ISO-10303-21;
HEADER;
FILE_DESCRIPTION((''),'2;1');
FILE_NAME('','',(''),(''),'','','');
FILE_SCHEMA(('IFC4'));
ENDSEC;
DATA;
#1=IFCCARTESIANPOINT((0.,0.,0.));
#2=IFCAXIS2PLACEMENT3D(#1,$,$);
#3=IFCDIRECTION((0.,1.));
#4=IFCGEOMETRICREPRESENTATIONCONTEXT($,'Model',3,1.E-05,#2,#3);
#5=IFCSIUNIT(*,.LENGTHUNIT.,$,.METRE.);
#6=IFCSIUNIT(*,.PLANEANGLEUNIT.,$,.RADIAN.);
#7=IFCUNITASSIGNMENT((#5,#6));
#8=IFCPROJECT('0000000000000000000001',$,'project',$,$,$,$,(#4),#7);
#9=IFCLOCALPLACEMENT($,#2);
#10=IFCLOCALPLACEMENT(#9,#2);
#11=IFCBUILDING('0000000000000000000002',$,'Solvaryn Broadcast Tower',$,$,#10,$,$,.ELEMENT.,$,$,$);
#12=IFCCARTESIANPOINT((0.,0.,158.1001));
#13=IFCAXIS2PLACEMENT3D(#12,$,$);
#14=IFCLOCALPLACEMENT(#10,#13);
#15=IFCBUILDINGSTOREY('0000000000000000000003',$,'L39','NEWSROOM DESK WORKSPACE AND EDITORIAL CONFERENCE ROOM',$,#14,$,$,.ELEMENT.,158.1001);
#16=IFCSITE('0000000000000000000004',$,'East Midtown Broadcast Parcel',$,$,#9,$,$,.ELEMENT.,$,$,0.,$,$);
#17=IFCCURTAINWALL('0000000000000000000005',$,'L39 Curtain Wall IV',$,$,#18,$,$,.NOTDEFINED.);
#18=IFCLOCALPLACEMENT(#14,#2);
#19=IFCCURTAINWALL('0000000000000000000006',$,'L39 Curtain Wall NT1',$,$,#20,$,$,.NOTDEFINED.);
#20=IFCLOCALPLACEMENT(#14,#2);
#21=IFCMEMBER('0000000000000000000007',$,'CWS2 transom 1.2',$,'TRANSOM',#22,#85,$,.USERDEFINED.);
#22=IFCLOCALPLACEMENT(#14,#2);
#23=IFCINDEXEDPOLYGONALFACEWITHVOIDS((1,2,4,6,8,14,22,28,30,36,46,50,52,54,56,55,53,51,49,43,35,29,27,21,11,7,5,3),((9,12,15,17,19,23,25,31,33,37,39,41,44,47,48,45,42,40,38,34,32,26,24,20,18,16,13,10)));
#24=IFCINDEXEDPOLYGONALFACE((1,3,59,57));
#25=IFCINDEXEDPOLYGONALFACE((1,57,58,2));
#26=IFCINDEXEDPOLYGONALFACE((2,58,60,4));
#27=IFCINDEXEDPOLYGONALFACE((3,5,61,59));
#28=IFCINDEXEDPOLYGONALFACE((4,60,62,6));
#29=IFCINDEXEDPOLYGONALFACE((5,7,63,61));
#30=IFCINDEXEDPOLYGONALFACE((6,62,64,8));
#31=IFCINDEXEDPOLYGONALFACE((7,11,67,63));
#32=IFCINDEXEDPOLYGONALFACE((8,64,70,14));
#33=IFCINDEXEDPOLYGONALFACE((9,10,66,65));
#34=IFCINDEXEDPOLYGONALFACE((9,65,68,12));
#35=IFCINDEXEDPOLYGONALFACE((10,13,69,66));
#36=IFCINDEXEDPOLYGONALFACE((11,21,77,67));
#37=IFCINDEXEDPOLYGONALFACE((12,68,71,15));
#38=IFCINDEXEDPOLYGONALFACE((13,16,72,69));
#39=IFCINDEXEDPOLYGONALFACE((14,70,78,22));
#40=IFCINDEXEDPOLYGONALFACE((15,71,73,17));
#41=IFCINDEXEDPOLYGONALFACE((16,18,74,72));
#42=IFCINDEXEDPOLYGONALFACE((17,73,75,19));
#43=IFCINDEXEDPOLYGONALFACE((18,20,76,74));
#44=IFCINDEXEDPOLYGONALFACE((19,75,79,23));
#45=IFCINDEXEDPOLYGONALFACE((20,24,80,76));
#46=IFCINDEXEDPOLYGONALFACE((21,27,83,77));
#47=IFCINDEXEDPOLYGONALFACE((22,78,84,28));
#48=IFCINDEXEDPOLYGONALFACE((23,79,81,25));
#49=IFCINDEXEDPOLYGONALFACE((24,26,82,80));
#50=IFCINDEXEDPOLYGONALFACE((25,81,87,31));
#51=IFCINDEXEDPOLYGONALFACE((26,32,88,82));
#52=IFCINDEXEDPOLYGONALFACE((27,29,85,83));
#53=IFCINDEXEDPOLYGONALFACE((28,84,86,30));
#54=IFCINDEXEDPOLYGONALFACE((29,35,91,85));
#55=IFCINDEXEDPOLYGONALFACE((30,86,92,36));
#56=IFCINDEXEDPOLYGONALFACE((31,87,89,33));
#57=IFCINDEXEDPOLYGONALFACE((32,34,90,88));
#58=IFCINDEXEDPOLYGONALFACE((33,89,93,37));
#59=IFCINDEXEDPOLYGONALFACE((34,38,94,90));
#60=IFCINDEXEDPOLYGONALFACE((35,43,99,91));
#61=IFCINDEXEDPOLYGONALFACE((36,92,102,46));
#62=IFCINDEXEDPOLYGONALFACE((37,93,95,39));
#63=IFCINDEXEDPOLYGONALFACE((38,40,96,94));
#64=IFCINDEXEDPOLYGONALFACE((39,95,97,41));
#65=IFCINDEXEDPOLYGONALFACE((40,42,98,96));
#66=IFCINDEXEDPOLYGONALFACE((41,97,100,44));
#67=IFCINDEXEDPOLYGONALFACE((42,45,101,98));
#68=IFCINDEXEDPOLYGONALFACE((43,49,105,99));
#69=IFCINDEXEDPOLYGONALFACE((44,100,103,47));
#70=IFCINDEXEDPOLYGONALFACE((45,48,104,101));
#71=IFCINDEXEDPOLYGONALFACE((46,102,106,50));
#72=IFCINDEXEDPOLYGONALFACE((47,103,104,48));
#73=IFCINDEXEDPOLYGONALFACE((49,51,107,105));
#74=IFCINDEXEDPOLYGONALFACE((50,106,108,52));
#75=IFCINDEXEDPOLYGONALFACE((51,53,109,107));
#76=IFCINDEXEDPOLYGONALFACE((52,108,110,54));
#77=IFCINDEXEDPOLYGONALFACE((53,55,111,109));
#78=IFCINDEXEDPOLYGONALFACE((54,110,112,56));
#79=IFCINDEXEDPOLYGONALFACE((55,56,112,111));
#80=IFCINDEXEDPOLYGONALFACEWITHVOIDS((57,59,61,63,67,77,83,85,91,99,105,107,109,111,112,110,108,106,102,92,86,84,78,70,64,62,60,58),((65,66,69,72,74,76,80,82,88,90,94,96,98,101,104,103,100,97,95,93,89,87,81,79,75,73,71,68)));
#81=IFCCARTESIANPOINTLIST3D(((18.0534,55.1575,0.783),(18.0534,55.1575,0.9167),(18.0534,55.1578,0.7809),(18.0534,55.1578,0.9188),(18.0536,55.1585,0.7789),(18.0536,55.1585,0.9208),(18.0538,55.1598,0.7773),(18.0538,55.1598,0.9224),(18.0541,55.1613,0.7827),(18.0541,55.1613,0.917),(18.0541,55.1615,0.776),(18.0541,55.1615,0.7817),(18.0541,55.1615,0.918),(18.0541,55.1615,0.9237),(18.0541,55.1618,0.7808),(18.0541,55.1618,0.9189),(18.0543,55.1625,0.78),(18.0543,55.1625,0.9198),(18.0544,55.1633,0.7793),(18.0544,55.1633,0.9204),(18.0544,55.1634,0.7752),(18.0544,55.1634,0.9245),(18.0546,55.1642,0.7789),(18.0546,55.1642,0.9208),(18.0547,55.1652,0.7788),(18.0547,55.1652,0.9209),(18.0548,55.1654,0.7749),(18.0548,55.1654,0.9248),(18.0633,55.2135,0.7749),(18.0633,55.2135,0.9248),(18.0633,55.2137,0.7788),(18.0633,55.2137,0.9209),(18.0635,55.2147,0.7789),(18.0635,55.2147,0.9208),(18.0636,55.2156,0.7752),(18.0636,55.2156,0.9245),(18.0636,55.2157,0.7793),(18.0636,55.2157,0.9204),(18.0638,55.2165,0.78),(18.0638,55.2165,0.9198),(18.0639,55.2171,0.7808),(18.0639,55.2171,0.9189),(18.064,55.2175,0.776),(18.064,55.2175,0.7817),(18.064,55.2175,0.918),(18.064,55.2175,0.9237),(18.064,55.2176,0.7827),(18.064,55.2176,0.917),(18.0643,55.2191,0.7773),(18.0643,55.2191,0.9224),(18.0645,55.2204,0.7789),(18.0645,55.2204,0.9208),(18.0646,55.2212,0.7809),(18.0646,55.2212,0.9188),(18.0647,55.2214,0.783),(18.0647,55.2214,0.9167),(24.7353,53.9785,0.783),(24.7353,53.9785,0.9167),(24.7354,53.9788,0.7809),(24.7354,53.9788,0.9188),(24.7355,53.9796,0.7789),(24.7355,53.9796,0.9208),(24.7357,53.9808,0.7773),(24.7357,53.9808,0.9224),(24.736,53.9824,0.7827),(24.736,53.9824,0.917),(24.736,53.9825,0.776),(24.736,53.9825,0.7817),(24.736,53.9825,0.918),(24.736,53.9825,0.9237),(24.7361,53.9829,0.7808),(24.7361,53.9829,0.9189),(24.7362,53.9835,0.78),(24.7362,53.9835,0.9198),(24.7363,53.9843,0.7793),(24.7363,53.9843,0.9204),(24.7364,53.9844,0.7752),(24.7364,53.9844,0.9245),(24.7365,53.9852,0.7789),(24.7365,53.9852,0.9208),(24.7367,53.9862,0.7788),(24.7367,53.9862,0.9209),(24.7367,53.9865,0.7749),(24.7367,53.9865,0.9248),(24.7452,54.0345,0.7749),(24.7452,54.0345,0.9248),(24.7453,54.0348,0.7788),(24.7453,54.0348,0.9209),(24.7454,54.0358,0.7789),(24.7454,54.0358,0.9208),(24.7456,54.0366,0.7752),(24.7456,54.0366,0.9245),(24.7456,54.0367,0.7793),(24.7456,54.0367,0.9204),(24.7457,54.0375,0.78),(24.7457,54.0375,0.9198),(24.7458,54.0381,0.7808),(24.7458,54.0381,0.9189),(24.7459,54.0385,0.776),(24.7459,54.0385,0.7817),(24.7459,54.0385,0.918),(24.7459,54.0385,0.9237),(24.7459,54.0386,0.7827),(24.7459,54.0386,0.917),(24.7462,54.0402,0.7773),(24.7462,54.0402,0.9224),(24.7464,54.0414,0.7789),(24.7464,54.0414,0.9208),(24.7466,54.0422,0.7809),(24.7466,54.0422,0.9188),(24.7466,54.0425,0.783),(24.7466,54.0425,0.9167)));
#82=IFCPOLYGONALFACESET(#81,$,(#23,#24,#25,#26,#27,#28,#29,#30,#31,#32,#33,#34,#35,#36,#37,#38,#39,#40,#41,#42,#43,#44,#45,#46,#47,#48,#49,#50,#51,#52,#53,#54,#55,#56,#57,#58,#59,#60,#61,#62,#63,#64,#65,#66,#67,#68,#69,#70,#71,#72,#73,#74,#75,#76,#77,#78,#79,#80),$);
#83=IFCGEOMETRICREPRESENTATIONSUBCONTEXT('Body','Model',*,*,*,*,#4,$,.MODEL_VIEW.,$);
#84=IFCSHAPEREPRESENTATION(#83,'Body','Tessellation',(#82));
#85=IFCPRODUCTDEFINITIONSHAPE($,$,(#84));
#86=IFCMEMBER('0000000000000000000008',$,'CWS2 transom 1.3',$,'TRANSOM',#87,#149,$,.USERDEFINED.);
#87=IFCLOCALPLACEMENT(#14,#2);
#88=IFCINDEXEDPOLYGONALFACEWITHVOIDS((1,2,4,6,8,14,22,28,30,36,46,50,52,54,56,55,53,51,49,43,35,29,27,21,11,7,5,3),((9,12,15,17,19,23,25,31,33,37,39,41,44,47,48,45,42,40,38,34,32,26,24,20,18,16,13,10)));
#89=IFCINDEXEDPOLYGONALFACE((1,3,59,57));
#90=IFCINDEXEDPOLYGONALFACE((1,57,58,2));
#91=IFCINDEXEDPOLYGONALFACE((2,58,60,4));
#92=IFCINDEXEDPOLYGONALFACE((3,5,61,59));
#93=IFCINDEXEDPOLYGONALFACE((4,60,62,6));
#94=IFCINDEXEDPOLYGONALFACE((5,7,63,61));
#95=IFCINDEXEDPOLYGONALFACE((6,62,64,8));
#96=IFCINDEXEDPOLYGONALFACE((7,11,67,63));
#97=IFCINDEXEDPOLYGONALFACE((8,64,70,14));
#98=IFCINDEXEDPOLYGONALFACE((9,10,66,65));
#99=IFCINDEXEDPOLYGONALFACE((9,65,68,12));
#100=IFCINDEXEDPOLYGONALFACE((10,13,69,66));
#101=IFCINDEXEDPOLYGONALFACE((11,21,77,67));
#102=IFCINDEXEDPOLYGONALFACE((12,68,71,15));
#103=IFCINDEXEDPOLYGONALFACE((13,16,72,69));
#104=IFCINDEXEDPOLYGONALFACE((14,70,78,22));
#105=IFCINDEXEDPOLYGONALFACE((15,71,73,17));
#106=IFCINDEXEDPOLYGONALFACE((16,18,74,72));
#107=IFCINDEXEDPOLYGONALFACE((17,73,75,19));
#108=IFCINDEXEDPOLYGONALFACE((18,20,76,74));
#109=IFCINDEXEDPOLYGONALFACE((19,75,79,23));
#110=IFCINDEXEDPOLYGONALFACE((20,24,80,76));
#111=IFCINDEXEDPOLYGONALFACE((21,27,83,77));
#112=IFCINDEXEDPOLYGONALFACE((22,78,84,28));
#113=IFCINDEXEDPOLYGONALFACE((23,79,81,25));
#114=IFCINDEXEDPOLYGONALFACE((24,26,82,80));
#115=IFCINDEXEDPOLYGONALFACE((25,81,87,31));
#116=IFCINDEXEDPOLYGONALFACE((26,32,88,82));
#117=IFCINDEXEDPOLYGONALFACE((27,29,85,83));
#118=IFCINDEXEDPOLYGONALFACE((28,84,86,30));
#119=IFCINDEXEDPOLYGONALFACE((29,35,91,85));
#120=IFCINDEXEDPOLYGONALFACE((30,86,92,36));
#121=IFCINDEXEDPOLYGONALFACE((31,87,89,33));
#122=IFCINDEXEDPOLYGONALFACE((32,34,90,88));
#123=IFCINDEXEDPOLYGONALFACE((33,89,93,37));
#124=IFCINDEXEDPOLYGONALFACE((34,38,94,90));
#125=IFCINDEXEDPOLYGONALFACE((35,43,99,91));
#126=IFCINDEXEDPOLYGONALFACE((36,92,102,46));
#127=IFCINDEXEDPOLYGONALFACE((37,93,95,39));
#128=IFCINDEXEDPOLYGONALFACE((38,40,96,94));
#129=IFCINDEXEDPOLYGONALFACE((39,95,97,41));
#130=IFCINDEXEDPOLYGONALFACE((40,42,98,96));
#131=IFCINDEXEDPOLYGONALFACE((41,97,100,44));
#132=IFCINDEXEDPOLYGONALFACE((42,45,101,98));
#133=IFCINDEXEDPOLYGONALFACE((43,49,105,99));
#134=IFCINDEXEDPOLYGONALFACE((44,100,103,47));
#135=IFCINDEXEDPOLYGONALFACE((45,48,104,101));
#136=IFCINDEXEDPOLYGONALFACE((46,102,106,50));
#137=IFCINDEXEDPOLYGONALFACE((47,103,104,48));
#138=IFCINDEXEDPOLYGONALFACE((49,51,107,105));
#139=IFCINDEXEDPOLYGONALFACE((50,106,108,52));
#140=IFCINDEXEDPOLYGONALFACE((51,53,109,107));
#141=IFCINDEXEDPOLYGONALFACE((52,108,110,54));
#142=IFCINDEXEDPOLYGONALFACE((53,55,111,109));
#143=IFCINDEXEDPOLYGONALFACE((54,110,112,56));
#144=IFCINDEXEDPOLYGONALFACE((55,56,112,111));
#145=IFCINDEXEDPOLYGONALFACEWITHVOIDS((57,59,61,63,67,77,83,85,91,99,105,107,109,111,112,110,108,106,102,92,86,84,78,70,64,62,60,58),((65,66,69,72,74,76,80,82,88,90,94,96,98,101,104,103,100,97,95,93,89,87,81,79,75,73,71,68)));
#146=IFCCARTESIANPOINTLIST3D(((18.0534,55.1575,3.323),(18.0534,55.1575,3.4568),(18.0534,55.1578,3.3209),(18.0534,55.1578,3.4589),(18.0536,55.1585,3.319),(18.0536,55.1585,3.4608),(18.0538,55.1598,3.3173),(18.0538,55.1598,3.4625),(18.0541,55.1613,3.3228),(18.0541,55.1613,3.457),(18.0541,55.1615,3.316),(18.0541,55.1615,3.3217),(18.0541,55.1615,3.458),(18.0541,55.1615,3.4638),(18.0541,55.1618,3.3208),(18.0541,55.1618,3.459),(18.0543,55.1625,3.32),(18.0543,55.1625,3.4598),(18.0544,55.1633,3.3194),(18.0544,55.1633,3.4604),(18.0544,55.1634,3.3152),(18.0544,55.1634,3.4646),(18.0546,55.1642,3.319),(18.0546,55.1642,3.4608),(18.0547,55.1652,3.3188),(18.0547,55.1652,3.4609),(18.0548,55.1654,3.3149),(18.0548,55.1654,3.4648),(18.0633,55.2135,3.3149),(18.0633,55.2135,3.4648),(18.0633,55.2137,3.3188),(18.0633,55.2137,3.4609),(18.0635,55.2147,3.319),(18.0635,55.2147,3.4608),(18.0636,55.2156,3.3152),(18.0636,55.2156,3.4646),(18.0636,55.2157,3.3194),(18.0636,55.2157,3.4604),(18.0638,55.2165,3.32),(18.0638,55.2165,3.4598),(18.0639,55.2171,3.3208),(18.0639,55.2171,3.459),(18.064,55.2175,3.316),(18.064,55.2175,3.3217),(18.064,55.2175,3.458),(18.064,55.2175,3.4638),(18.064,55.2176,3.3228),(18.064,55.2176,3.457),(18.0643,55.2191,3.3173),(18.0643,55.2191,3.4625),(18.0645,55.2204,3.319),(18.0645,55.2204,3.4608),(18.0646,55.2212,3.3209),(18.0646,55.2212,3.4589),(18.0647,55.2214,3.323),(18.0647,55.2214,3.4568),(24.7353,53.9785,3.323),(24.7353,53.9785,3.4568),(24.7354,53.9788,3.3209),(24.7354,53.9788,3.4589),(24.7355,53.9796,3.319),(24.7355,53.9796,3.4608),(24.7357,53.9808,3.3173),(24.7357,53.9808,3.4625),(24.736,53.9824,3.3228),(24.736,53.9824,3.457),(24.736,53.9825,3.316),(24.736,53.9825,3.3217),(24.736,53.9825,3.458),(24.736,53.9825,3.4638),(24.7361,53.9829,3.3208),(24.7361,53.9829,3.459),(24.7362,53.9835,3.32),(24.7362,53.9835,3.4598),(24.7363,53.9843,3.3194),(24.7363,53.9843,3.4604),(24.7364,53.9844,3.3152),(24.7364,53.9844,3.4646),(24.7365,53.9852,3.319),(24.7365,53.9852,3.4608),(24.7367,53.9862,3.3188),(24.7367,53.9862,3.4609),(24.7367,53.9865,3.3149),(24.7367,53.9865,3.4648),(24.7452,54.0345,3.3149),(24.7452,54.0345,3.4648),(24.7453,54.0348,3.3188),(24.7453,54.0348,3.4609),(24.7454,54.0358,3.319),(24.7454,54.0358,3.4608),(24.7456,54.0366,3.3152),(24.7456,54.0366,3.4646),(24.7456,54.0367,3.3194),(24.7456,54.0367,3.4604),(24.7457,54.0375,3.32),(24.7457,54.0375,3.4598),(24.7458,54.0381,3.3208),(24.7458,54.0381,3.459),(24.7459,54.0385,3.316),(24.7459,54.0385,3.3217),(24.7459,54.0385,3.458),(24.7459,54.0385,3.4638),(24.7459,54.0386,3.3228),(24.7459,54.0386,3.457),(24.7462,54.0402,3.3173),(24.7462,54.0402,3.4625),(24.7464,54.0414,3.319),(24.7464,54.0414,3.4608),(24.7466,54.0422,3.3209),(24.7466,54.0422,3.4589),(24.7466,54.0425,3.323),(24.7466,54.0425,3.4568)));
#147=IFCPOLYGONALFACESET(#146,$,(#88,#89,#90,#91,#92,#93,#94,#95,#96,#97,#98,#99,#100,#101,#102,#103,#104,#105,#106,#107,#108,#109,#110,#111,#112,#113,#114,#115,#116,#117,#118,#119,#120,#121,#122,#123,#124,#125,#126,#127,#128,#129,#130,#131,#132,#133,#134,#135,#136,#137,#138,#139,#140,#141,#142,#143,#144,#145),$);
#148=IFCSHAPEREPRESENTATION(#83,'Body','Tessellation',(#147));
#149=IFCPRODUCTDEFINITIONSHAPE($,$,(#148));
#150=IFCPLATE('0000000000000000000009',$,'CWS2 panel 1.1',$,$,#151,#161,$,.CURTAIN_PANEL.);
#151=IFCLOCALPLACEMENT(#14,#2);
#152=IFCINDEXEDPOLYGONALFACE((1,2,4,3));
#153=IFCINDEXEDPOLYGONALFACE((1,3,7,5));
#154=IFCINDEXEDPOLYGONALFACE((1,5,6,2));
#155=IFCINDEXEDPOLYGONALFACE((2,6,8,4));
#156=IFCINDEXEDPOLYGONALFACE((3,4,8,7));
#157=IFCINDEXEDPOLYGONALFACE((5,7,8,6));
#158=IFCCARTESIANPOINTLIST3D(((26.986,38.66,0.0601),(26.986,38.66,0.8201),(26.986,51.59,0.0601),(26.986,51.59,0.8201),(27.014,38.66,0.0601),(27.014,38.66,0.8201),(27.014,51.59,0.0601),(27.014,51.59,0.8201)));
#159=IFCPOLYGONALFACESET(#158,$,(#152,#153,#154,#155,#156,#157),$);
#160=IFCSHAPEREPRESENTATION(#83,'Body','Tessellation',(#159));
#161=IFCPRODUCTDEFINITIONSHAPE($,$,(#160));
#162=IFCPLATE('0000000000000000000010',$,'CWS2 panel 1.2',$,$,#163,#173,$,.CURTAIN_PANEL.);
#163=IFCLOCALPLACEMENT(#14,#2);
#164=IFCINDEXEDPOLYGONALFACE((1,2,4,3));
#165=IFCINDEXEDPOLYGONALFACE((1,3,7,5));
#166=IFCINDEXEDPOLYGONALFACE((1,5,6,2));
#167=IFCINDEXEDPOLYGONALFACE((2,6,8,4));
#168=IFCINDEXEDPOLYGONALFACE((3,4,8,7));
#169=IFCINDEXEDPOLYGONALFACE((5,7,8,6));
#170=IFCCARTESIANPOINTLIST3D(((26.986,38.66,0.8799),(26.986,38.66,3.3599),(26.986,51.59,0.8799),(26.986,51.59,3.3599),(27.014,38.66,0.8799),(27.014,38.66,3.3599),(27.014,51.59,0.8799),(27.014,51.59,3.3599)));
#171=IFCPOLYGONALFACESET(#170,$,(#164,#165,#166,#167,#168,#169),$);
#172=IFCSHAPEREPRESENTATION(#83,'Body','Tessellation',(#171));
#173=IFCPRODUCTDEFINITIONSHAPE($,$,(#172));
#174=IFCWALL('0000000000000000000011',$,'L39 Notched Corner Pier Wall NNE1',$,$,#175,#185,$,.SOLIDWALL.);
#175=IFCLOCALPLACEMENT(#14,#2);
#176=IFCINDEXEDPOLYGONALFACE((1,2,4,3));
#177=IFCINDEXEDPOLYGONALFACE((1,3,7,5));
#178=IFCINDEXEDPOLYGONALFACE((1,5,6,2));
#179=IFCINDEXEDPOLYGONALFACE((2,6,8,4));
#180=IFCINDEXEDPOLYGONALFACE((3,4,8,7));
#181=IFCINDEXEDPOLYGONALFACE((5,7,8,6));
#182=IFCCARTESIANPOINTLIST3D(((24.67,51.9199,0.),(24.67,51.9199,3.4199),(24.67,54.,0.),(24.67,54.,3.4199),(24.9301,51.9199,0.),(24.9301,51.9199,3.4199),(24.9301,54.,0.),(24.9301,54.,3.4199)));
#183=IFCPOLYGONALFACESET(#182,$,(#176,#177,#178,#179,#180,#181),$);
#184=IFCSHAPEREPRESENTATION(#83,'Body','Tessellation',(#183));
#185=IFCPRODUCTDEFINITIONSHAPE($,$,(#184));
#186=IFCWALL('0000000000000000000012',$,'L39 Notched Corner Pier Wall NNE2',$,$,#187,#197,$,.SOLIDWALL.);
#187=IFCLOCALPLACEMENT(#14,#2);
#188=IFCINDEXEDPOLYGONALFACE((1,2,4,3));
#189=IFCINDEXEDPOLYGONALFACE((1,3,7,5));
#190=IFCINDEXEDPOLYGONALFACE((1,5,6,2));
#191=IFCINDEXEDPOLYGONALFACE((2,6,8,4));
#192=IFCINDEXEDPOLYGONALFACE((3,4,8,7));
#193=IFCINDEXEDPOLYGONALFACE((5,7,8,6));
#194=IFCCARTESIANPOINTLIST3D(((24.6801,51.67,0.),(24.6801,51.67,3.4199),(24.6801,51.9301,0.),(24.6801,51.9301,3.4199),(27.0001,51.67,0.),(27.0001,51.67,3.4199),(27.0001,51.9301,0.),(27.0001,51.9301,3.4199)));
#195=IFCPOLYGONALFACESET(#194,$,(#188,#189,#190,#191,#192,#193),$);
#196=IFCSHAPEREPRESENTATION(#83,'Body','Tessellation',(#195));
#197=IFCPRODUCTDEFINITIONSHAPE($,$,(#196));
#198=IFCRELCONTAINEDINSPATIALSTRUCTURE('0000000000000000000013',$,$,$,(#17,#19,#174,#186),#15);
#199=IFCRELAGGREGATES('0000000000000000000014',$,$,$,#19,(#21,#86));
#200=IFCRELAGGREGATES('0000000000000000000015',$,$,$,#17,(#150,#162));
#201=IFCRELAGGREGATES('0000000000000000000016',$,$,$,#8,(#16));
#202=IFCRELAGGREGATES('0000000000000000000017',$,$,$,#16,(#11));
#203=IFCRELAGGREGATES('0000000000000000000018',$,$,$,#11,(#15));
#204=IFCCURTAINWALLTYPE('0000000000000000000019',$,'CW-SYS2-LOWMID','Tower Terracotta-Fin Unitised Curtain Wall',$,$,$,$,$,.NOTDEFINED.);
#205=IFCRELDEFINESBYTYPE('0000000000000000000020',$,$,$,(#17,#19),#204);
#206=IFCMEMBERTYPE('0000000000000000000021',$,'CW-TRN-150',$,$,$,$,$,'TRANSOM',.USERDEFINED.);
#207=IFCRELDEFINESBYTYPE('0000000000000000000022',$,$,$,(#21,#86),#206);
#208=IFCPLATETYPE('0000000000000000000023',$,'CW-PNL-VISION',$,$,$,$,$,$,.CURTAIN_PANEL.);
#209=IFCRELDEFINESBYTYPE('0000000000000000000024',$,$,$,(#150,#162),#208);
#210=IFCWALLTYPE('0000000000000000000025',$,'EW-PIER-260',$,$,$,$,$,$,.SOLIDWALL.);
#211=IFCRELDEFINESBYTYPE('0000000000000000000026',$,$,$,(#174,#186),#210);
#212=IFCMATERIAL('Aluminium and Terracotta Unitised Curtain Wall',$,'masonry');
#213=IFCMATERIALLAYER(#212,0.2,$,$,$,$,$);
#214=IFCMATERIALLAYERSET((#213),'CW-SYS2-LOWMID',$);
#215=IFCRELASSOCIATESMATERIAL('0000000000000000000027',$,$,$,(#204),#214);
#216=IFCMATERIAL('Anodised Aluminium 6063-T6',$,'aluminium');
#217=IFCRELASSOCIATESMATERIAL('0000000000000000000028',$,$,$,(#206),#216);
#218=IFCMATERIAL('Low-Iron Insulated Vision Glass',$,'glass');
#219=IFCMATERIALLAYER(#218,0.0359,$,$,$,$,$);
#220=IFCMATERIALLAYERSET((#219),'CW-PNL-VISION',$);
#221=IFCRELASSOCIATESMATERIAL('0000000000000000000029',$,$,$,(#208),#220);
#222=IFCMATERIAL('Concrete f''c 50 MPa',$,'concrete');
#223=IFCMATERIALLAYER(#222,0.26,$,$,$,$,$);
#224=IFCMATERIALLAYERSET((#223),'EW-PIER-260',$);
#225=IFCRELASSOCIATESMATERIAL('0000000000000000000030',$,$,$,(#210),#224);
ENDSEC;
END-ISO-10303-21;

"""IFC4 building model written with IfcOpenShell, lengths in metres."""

from ifc_helpers import new_model, si_unit, direction, frame, frame_2d, origin, origin_2d, place, context, subcontext, project, spatial, rectangle, hollow_rectangle, extrude, material, layer, layer_set, material_profile, profile_set, type_object, element, aggregate, save


model = new_model("IFC4")

# Units and contexts
model_context = context("Model", 3, precision=1e-05, world=origin(), true_north=direction((0.0, 1.0)))
body_context = subcontext(model_context, "Body", "Model", "MODEL_VIEW")
ifc_project = project(units=[si_unit("LENGTHUNIT", "METRE"), si_unit("PLANEANGLEUNIT", "RADIAN")], contexts=[model_context])

# Site, building, storey
site_placement = place(None, origin())
site = spatial("IfcSite", under=ifc_project, at=site_placement, Name="East Midtown Broadcast Parcel", CompositionType="ELEMENT", RefElevation=0.0)
building_placement = place(site_placement, origin())
building = spatial("IfcBuilding", under=site, at=building_placement, Name="Solvaryn Broadcast Tower", CompositionType="ELEMENT")
storey_placement = place(building_placement, frame((0.0, 0.0, 158.1001)))
storey = spatial("IfcBuildingStorey", under=building, at=storey_placement, Name="L39", Description="NEWSROOM DESK WORKSPACE AND EDITORIAL CONFERENCE ROOM", CompositionType="ELEMENT", Elevation=158.1001)

# Curtain wall
ifc_material_1 = material(Name="Aluminium and Terracotta Unitised Curtain Wall", Category="masonry")
ifc_layer_1 = layer(ifc_material_1, 0.2)
ifc_layer_set_1 = layer_set([ifc_layer_1], Name="CW-SYS2-LOWMID")
curtain_wall_type = type_object("IfcCurtainWallType", Name="CW-SYS2-LOWMID", Description="Tower Terracotta-Fin Unitised Curtain Wall", PredefinedType="NOTDEFINED", material=ifc_layer_set_1)
curtain_wall_1_placement = place(storey_placement, origin())
curtain_wall_1 = element("IfcCurtainWall", 1, at=curtain_wall_1_placement, inside=storey, type_object=curtain_wall_type, Name="L39 Curtain Wall IV", PredefinedType="NOTDEFINED")

# Curtain wall
curtain_wall_2_placement = place(storey_placement, origin())
curtain_wall_2 = element("IfcCurtainWall", 2, at=curtain_wall_2_placement, inside=storey, type_object=curtain_wall_type, Name="L39 Curtain Wall NT1", PredefinedType="NOTDEFINED")

# Members
ifc_material_2 = material(Name="Anodised Aluminium 6063-T6", Category="aluminium")
ifc_material_profile_1 = material_profile(ifc_material_2, hollow_rectangle(XDim=0.0649, YDim=0.1499, WallThickness=0.0039, InnerFilletRadius=0.0039, OuterFilletRadius=0.0081, at=origin_2d()))
ifc_profile_set_1 = profile_set([ifc_material_profile_1], Name="Anodised Aluminium 6063-T6")
member_type_1 = type_object("IfcMemberType", Name="CW-TRN-150", ElementType="TRANSOM", PredefinedType="USERDEFINED", material=ifc_profile_set_1)
member_1_placement = place(storey_placement, frame((24.741, 54.0105, 0.8499), z_axis=(-0.984789, 0.173757, 0.0), x_axis=(-0.173757, -0.984789, 0.0)))
member_1 = element("IfcMember", 3, at=member_1_placement, type_object=member_type_1, Name="CWS2 transom 1.2", ObjectType="TRANSOM", PredefinedType="USERDEFINED", context=body_context, shape_type="SweptSolid", body=[
    extrude(hollow_rectangle(XDim=0.0649, YDim=0.1499, WallThickness=0.0039, InnerFilletRadius=0.0039, OuterFilletRadius=0.0081, at=origin_2d()), origin(), (0.0, 0.0, 1.0), 6.7852),
])
member_2_placement = place(storey_placement, frame((24.741, 54.0105, 3.3899), z_axis=(-0.984789, 0.173757, 0.0), x_axis=(-0.173757, -0.984789, 0.0)))
member_2 = element("IfcMember", 4, at=member_2_placement, type_object=member_type_1, Name="CWS2 transom 1.3", ObjectType="TRANSOM", PredefinedType="USERDEFINED", context=body_context, shape_type="SweptSolid", body=[
    extrude(hollow_rectangle(XDim=0.0649, YDim=0.1499, WallThickness=0.0039, InnerFilletRadius=0.0039, OuterFilletRadius=0.0081, at=origin_2d()), origin(), (0.0, 0.0, 1.0), 6.7852),
])
aggregate(curtain_wall_2, [member_1, member_2])

# Plates
ifc_material_3 = material(Name="Low-Iron Insulated Vision Glass", Category="glass")
ifc_layer_2 = layer(ifc_material_3, 0.0359)
ifc_layer_set_2 = layer_set([ifc_layer_2], Name="CW-PNL-VISION")
plate_type = type_object("IfcPlateType", Name="CW-PNL-VISION", PredefinedType="CURTAIN_PANEL", material=ifc_layer_set_2)
plate_1_placement = place(storey_placement, frame((27.0, 45.125, 0.0601), z_axis=(0.0, 0.0, 1.0), x_axis=(0.0, -1.0, 0.0)))
plate_1 = element("IfcPlate", 5, at=plate_1_placement, type_object=plate_type, Name="CWS2 panel 1.1", PredefinedType="CURTAIN_PANEL", context=body_context, shape_type="SweptSolid", body=[
    extrude(rectangle(XDim=12.9299, YDim=0.0281, at=origin_2d()), origin(), (0.0, 0.0, 1.0), 0.76),
])
plate_2_placement = place(storey_placement, frame((27.0, 45.125, 0.8799), z_axis=(0.0, 0.0, 1.0), x_axis=(0.0, -1.0, 0.0)))
plate_2 = element("IfcPlate", 6, at=plate_2_placement, type_object=plate_type, Name="CWS2 panel 1.2", PredefinedType="CURTAIN_PANEL", context=body_context, shape_type="SweptSolid", body=[
    extrude(rectangle(XDim=12.9299, YDim=0.0281, at=origin_2d()), origin(), (0.0, 0.0, 1.0), 2.48),
])
aggregate(curtain_wall_1, [plate_1, plate_2])

# Walls
ifc_material_4 = material(Name="Concrete f'c 50 MPa", Category="concrete")
ifc_layer_3 = layer(ifc_material_4, 0.26)
ifc_layer_set_3 = layer_set([ifc_layer_3], Name="EW-PIER-260")
wall_type_1 = type_object("IfcWallType", Name="EW-PIER-260", PredefinedType="SOLIDWALL", material=ifc_layer_set_3)
wall_1_placement = place(storey_placement, frame((24.8, 54.0, 0.0), z_axis=(0.0, 0.0, 1.0), x_axis=(0.0, -1.0, 0.0)))
element("IfcWall", 7, at=wall_1_placement, inside=storey, type_object=wall_type_1, Name="L39 Notched Corner Pier Wall NNE1", PredefinedType="SOLIDWALL", context=body_context, shape_type="SweptSolid", body=[
    extrude(rectangle(XDim=2.0801, YDim=0.26, at=frame_2d((1.04, 0.0))), origin(), (0.0, 0.0, 1.0), 3.4199),
])
wall_2_placement = place(storey_placement, frame((24.6799, 51.8, 0.0), z_axis=(0.0, 0.0, 1.0), x_axis=(1.0, 0.0, 0.0)))
element("IfcWall", 8, at=wall_2_placement, inside=storey, type_object=wall_type_1, Name="L39 Notched Corner Pier Wall NNE2", PredefinedType="SOLIDWALL", context=body_context, shape_type="SweptSolid", body=[
    extrude(rectangle(XDim=2.3201, YDim=0.26, at=frame_2d((1.1602, 0.0))), origin(), (0.0, 0.0, 1.0), 3.4199),
])

save(model, "model.ifc")
